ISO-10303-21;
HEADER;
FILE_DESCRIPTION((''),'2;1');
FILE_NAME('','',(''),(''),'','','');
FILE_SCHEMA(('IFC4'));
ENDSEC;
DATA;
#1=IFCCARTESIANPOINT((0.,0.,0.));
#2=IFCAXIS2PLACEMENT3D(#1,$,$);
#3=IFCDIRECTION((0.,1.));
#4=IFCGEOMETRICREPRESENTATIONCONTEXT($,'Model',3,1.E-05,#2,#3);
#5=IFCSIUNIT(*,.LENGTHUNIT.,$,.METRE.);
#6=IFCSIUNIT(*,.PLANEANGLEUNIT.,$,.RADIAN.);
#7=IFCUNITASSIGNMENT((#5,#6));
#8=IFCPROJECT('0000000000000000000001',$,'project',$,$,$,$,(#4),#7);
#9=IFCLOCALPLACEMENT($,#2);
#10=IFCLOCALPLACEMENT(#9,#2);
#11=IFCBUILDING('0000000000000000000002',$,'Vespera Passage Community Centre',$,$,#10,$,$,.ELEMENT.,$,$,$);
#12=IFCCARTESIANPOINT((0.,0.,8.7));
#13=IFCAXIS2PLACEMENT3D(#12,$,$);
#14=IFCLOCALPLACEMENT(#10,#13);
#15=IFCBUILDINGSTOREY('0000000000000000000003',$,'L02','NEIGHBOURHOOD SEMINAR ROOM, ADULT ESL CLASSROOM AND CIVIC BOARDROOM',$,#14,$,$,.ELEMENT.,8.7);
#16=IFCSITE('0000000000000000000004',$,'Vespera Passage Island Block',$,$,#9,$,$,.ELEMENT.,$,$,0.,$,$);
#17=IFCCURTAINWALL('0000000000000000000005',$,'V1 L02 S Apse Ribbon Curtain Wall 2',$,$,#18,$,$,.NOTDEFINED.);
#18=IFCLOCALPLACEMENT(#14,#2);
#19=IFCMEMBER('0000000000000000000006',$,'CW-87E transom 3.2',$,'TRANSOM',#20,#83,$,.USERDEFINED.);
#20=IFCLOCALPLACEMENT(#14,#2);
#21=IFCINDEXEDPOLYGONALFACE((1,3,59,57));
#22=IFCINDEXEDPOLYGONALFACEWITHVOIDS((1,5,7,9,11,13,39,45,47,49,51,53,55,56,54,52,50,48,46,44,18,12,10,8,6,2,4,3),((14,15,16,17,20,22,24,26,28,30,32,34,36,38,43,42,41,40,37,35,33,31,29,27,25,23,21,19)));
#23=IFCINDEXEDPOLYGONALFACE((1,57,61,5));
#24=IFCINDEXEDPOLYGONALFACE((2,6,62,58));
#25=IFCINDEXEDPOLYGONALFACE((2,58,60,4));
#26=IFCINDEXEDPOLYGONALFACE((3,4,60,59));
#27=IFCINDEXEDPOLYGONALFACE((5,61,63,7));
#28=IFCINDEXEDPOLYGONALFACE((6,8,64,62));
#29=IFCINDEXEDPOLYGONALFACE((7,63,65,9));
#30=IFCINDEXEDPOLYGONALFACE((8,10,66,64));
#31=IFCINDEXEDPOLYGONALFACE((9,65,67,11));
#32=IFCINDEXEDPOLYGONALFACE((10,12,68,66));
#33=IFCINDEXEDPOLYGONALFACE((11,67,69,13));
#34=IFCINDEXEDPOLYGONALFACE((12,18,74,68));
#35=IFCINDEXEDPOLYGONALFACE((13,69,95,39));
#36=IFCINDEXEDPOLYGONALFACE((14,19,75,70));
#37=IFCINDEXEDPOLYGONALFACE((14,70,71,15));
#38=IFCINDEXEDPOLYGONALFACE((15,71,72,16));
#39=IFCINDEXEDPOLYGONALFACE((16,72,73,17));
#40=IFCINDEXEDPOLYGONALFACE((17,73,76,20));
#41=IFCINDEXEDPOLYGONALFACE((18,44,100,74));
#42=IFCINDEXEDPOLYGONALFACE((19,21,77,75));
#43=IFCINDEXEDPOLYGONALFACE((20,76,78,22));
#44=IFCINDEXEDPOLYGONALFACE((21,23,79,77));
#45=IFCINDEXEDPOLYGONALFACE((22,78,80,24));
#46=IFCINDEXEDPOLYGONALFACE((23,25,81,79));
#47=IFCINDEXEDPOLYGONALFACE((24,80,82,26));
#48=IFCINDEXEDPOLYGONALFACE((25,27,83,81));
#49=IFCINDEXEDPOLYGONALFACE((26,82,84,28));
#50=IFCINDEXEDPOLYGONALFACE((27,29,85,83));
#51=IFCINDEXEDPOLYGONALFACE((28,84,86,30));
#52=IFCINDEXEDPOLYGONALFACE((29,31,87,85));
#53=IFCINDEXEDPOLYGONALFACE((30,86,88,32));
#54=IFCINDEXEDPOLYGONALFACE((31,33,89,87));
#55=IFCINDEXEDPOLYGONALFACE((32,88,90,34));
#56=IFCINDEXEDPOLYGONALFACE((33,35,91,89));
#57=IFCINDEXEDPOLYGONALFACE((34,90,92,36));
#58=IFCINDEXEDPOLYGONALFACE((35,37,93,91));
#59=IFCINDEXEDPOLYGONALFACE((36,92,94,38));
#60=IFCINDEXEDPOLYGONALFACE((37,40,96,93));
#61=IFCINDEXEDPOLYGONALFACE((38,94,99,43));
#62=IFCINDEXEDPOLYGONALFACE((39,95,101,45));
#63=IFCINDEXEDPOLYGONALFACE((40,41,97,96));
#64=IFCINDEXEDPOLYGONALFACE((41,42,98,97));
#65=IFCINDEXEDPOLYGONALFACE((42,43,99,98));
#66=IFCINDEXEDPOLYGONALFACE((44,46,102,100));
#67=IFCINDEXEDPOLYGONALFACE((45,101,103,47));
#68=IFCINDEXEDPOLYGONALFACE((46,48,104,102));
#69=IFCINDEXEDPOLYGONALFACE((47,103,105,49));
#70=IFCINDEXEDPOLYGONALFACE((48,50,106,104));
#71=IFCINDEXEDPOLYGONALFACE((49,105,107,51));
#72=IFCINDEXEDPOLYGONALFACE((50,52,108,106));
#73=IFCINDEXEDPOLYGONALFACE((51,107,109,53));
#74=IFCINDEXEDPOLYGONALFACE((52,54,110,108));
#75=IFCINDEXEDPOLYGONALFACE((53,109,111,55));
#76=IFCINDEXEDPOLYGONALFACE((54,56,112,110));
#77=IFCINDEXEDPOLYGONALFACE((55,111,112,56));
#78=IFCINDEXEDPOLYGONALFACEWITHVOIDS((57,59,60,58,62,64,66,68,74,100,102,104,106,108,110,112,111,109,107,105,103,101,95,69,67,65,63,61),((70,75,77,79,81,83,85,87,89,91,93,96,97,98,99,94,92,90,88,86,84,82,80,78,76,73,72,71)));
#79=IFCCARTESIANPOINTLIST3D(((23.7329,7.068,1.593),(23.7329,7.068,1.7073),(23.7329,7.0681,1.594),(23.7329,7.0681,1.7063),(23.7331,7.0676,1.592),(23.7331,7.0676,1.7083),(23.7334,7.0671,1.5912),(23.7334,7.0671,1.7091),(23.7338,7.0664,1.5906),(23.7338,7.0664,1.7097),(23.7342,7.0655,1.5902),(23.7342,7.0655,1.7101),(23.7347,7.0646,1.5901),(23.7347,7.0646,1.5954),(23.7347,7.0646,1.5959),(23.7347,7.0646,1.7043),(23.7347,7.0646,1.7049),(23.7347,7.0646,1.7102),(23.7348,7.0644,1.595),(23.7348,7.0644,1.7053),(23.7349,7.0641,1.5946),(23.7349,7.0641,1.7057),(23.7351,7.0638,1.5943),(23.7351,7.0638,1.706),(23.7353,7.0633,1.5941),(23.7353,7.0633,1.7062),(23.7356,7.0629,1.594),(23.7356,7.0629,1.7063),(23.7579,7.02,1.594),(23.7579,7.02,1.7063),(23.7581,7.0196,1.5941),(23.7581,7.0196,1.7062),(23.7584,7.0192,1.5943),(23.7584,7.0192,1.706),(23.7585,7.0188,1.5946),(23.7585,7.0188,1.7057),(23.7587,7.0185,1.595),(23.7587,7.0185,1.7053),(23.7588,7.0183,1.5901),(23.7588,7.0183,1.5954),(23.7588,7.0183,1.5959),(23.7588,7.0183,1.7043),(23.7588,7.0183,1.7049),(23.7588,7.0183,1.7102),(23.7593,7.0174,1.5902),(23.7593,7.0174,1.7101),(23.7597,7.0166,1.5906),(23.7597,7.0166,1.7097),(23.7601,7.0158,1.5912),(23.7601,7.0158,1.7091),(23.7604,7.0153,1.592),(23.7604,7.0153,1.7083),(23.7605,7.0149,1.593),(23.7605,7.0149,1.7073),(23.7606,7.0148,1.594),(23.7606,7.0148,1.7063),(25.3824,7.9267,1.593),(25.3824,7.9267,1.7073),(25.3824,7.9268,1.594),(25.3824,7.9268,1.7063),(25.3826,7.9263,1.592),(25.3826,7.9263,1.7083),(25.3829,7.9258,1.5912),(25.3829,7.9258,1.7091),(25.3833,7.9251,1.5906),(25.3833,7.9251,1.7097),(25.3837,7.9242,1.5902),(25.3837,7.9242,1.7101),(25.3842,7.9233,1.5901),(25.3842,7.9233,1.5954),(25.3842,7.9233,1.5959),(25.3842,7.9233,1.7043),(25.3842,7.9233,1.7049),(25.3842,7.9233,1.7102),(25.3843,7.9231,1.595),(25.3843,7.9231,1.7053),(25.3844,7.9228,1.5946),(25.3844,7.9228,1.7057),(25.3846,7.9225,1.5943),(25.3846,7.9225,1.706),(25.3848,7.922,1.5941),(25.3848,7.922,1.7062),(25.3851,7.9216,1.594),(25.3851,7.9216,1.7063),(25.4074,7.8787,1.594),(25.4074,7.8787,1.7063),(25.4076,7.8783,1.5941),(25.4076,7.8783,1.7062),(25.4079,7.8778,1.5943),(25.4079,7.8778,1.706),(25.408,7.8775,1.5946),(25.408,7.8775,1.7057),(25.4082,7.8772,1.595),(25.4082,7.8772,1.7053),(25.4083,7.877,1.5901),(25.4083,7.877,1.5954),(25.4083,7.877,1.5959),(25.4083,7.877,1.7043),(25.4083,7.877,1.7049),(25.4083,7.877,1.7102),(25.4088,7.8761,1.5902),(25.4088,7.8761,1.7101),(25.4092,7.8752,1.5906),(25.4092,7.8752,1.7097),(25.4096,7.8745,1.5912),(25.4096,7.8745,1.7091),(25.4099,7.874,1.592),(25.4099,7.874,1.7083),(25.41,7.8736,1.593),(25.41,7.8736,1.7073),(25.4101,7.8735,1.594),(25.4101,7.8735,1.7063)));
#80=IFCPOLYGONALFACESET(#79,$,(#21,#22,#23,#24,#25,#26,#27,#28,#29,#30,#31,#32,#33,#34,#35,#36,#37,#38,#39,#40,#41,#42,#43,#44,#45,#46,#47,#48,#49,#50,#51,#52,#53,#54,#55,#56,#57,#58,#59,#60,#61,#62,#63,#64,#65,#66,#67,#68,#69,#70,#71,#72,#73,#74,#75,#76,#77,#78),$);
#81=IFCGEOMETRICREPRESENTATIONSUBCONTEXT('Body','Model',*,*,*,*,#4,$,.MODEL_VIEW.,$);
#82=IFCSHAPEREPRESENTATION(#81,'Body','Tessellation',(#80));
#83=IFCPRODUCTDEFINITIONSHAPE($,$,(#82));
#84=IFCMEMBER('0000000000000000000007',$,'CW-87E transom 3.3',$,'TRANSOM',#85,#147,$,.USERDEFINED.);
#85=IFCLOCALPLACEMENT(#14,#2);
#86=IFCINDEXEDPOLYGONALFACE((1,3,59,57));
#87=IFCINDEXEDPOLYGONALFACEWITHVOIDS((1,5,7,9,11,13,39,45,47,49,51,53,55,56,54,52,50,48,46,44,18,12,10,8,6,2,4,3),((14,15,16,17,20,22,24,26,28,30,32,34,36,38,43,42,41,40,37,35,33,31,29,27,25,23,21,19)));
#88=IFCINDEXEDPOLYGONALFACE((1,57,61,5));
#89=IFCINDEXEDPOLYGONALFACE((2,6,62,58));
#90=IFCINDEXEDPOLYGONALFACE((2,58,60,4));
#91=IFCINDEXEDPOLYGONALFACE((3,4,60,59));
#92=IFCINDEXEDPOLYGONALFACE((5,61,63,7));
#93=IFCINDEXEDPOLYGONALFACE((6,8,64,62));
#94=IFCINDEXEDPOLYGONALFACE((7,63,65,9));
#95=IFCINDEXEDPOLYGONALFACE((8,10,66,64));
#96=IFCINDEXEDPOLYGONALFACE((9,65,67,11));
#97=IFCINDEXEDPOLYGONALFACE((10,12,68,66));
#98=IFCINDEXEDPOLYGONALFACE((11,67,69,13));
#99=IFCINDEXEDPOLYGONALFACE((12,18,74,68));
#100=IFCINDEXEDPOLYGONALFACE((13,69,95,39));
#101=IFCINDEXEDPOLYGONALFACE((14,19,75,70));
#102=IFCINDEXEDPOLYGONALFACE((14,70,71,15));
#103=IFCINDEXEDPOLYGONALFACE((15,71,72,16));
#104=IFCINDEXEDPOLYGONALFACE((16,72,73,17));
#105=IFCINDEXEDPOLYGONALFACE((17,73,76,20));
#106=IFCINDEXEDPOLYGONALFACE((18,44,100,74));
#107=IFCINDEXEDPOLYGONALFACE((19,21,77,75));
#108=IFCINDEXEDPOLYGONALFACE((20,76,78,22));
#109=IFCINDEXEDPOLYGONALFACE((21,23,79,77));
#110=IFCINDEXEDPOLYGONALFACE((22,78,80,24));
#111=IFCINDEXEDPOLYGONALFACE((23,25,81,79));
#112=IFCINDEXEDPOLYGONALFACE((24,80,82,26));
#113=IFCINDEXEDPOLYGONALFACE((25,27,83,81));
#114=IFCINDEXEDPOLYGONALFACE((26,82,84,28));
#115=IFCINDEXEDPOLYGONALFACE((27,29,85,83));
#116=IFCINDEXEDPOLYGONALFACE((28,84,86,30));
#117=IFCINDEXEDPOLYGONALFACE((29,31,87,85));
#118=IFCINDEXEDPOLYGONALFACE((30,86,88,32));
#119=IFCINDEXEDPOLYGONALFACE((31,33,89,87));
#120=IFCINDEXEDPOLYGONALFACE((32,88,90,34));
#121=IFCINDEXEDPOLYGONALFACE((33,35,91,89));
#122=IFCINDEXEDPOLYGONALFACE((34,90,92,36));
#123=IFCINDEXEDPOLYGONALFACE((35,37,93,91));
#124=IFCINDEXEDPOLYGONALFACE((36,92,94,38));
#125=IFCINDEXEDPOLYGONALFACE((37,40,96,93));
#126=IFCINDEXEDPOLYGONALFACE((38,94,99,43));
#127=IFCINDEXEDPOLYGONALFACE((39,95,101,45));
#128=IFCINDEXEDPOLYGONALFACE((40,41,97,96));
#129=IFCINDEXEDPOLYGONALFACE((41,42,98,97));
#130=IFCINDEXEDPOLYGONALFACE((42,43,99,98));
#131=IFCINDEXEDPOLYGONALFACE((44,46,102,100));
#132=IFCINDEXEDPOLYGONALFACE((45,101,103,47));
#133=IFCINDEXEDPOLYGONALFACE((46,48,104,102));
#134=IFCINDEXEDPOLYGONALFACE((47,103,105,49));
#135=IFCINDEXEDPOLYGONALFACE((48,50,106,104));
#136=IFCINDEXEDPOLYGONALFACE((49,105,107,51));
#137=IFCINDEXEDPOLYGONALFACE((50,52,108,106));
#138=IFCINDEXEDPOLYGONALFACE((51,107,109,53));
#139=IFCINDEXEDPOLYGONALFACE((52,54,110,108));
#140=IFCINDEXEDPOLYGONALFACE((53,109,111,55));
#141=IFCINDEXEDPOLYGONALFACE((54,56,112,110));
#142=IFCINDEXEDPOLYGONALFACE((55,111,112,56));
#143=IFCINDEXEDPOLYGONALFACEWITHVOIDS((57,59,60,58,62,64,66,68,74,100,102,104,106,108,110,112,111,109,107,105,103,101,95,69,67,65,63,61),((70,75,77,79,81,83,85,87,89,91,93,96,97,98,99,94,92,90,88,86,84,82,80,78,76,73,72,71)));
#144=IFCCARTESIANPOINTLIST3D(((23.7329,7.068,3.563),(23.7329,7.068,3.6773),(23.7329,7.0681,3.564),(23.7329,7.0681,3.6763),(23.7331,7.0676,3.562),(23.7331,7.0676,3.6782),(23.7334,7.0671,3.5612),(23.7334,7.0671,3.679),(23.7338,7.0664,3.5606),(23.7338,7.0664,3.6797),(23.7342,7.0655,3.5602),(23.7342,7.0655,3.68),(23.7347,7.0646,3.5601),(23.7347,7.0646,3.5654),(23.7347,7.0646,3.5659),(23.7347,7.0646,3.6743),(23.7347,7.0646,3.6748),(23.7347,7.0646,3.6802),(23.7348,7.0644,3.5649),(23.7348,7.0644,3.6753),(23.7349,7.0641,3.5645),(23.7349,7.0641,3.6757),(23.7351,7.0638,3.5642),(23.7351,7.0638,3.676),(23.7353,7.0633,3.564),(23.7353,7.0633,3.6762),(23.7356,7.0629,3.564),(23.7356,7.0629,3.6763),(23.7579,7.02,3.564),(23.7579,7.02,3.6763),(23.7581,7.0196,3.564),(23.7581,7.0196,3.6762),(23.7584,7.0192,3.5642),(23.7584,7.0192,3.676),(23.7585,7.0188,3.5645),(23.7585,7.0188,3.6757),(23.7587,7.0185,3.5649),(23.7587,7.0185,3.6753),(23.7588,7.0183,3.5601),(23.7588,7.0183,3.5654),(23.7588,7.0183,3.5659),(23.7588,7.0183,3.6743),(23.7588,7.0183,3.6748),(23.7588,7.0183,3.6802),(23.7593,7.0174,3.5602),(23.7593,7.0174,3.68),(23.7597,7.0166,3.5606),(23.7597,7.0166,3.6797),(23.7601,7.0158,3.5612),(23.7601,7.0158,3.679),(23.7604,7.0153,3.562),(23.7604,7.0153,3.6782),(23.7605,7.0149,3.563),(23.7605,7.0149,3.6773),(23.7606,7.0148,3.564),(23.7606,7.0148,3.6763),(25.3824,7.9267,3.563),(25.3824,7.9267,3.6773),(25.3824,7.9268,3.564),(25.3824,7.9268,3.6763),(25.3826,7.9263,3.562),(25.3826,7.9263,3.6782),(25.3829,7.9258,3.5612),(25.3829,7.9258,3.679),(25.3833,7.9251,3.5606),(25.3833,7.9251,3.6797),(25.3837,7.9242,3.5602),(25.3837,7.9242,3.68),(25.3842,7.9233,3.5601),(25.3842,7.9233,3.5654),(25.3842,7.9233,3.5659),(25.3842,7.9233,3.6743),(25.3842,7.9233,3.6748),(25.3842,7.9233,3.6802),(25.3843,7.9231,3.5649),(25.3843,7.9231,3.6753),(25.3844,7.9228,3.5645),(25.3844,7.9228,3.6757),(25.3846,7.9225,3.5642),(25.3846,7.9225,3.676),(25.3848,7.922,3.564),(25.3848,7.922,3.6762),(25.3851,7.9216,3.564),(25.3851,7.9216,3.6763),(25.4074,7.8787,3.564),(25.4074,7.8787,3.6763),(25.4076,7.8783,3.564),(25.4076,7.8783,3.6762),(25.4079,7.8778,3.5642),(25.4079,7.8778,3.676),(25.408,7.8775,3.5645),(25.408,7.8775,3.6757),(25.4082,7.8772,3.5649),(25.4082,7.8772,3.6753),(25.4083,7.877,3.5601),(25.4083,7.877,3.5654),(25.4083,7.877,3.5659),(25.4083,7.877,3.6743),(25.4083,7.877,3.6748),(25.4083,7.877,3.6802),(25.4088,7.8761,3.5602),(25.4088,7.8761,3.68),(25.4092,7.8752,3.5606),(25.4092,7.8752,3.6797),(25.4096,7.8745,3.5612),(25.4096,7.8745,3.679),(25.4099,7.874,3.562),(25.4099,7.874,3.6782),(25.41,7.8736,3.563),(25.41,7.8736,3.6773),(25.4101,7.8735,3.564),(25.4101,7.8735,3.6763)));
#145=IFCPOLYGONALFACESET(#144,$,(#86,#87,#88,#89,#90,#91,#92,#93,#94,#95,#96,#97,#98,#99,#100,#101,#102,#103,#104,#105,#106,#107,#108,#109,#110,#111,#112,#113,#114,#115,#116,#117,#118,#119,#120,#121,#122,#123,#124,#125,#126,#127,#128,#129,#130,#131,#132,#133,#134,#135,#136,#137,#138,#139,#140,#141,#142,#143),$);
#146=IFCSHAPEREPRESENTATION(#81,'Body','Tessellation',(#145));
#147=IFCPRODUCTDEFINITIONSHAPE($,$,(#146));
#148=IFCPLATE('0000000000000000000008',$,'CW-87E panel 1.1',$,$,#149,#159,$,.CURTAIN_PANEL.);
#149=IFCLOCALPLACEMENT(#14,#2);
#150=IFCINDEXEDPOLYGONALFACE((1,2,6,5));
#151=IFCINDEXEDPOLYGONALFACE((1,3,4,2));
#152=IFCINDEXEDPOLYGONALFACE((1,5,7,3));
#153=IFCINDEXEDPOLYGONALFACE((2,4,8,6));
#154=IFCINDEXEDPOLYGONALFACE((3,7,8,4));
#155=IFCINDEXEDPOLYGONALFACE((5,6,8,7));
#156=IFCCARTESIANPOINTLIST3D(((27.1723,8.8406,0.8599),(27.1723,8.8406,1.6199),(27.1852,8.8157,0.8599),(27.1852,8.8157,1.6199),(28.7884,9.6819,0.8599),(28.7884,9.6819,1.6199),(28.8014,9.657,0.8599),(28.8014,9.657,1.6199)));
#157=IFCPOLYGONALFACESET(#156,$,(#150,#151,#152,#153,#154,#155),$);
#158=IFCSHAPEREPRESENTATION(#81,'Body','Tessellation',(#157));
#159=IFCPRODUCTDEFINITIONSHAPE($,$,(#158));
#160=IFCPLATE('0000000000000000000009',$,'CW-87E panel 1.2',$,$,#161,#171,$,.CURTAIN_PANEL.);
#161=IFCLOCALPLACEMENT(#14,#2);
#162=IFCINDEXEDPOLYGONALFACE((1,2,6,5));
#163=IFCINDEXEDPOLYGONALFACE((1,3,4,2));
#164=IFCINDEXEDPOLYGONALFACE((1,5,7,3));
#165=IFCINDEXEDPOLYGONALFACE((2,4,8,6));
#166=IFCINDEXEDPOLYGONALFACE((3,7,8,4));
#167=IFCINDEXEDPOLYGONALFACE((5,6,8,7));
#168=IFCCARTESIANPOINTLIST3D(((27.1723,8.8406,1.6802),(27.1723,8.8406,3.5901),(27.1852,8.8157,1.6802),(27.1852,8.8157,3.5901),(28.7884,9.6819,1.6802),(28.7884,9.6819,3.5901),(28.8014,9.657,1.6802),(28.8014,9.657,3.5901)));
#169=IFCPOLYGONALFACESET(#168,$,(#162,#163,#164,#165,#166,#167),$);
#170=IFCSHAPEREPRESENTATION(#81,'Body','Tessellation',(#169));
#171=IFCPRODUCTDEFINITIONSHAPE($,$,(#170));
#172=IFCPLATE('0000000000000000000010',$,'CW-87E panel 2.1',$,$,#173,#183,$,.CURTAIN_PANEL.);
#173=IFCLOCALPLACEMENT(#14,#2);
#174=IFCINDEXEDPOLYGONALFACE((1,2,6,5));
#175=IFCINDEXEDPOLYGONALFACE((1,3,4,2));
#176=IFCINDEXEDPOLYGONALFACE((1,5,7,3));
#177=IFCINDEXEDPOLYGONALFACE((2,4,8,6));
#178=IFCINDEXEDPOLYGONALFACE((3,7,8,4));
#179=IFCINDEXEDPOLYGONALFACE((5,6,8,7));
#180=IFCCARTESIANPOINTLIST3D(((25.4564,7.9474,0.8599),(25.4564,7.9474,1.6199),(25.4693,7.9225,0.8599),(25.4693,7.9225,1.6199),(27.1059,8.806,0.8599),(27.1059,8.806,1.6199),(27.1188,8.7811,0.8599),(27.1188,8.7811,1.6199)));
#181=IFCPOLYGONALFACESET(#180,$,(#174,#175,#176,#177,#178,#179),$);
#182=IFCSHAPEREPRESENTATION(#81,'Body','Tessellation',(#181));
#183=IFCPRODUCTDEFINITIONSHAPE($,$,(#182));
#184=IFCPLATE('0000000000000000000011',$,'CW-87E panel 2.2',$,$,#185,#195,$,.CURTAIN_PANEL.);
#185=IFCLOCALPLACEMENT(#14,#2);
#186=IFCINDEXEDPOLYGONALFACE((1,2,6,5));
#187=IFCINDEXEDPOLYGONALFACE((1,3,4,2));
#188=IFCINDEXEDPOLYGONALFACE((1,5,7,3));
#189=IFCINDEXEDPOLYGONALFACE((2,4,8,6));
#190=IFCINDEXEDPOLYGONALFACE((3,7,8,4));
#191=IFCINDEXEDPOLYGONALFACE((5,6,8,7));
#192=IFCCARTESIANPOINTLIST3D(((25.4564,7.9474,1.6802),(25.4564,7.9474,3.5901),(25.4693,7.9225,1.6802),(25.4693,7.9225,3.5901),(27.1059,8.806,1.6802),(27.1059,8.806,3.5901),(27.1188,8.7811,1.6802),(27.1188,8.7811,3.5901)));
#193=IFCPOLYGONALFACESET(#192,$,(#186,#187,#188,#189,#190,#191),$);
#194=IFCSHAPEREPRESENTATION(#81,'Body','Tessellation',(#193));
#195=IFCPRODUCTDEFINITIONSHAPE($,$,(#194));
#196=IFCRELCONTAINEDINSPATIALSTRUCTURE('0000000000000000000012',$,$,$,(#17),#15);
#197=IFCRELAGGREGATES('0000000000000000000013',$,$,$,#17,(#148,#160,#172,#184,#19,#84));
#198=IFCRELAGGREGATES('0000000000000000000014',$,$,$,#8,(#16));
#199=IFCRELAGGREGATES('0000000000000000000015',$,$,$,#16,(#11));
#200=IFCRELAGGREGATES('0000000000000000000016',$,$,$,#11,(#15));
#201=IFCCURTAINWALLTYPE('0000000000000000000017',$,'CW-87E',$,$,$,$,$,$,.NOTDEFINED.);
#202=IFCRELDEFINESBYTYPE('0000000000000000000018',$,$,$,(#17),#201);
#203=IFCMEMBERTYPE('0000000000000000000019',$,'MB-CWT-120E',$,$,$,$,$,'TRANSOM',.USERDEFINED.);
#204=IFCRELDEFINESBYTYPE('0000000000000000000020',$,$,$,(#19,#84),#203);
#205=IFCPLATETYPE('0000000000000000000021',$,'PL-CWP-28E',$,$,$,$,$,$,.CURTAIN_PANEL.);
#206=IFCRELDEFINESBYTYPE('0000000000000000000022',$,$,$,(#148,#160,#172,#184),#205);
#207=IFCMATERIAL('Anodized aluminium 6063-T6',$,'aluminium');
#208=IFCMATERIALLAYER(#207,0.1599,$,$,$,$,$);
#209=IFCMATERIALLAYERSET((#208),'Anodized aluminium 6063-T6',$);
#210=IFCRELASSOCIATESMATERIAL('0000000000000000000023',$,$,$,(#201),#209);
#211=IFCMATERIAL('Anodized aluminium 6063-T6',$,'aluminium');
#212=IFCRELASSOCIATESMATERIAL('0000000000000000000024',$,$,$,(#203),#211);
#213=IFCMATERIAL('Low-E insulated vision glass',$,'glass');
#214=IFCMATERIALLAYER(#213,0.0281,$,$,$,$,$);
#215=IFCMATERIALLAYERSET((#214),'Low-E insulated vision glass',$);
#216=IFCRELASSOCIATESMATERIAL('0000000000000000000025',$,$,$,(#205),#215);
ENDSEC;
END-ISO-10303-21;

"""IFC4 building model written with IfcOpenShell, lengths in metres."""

from ifc_helpers import new_model, si_unit, direction, frame, origin, origin_2d, place, context, subcontext, project, spatial, rectangle, hollow_rectangle, extrude, material, layer, layer_set, material_profile, profile_set, type_object, element, aggregate, save


model = new_model("IFC4")

# Units and contexts
model_context = context("Model", 3, precision=1e-05, world=origin(), true_north=direction((0.0, 1.0)))
body_context = subcontext(model_context, "Body", "Model", "MODEL_VIEW")
ifc_project = project(units=[si_unit("LENGTHUNIT", "METRE"), si_unit("PLANEANGLEUNIT", "RADIAN")], contexts=[model_context])

# Site, building, storey
site_placement = place(None, origin())
site = spatial("IfcSite", under=ifc_project, at=site_placement, Name="Vespera Passage Island Block", CompositionType="ELEMENT", RefElevation=0.0)
building_placement = place(site_placement, origin())
building = spatial("IfcBuilding", under=site, at=building_placement, Name="Vespera Passage Community Centre", CompositionType="ELEMENT")
storey_placement = place(building_placement, frame((0.0, 0.0, 8.7)))
storey = spatial("IfcBuildingStorey", under=building, at=storey_placement, Name="L02", Description="NEIGHBOURHOOD SEMINAR ROOM, ADULT ESL CLASSROOM AND CIVIC BOARDROOM", CompositionType="ELEMENT", Elevation=8.7)

# Curtain wall
ifc_material_1 = material(Name="Anodized aluminium 6063-T6", Category="aluminium")
ifc_layer_1 = layer(ifc_material_1, 0.1599)
ifc_layer_set_1 = layer_set([ifc_layer_1], Name="Anodized aluminium 6063-T6")
curtain_wall_type_1 = type_object("IfcCurtainWallType", Name="CW-87E", PredefinedType="NOTDEFINED", material=ifc_layer_set_1)
curtain_wall_1_placement = place(storey_placement, origin())
curtain_wall_1 = element("IfcCurtainWall", 1, at=curtain_wall_1_placement, inside=storey, type_object=curtain_wall_type_1, Name="V1 L02 S Apse Ribbon Curtain Wall 2", PredefinedType="NOTDEFINED")
ifc_material_2 = material(Name="Anodized aluminium 6063-T6", Category="aluminium")
ifc_material_profile_1 = material_profile(ifc_material_2, hollow_rectangle(XDim=0.0601, YDim=0.1201, WallThickness=0.0039, InnerFilletRadius=0.002, OuterFilletRadius=0.0039, at=origin_2d()), Name="ALU120X60X4")
ifc_profile_set_1 = profile_set([ifc_material_profile_1], Name="Anodized aluminium 6063-T6")
member_type_1 = type_object("IfcMemberType", Name="MB-CWT-120E", ElementType="TRANSOM", PredefinedType="USERDEFINED", material=ifc_profile_set_1)

# Members
member_1_placement = place(storey_placement, frame((25.3962, 7.9001, 1.6501), z_axis=(-0.887008, -0.461754, 0.0), x_axis=(0.461754, -0.887008, 0.0)))
member_1 = element("IfcMember", 2, at=member_1_placement, type_object=member_type_1, Name="CW-87E transom 3.2", ObjectType="TRANSOM", PredefinedType="USERDEFINED", context=body_context, shape_type="SweptSolid", body=[
    extrude(hollow_rectangle(XDim=0.0601, YDim=0.1201, WallThickness=0.0039, InnerFilletRadius=0.002, OuterFilletRadius=0.0039, at=origin_2d()), origin(), (0.0, 0.0, 1.0), 1.8596),
])
member_2_placement = place(storey_placement, frame((25.3962, 7.9001, 3.6201), z_axis=(-0.887008, -0.461754, 0.0), x_axis=(0.461754, -0.887008, 0.0)))
member_2 = element("IfcMember", 3, at=member_2_placement, type_object=member_type_1, Name="CW-87E transom 3.3", ObjectType="TRANSOM", PredefinedType="USERDEFINED", context=body_context, shape_type="SweptSolid", body=[
    extrude(hollow_rectangle(XDim=0.0601, YDim=0.1201, WallThickness=0.0039, InnerFilletRadius=0.002, OuterFilletRadius=0.0039, at=origin_2d()), origin(), (0.0, 0.0, 1.0), 1.8596),
])

# Plates
ifc_material_3 = material(Name="Low-E insulated vision glass", Category="glass")
ifc_layer_2 = layer(ifc_material_3, 0.0281)
ifc_layer_set_2 = layer_set([ifc_layer_2], Name="Low-E insulated vision glass")
plate_type_1 = type_object("IfcPlateType", Name="PL-CWP-28E", PredefinedType="CURTAIN_PANEL", material=ifc_layer_set_2)
plate_1_placement = place(storey_placement, frame((27.9868, 9.2488, 0.8599), z_axis=(0.0, 0.0, 1.0), x_axis=(-0.887013, -0.461745, 0.0)))
plate_1 = element("IfcPlate", 4, at=plate_1_placement, type_object=plate_type_1, Name="CW-87E panel 1.1", PredefinedType="CURTAIN_PANEL", context=body_context, shape_type="SweptSolid", body=[
    extrude(rectangle(XDim=1.822, YDim=0.0281, at=origin_2d()), origin(), (0.0, 0.0, 1.0), 0.76),
])
plate_2_placement = place(storey_placement, frame((27.9868, 9.2488, 1.6802), z_axis=(0.0, 0.0, 1.0), x_axis=(-0.887013, -0.461745, 0.0)))
plate_2 = element("IfcPlate", 5, at=plate_2_placement, type_object=plate_type_1, Name="CW-87E panel 1.2", PredefinedType="CURTAIN_PANEL", context=body_context, shape_type="SweptSolid", body=[
    extrude(rectangle(XDim=1.822, YDim=0.0281, at=origin_2d()), origin(), (0.0, 0.0, 1.0), 1.9099),
])
plate_3_placement = place(storey_placement, frame((26.2876, 8.3643, 0.8599), z_axis=(0.0, 0.0, 1.0), x_axis=(-0.887013, -0.461745, 0.0)))
plate_3 = element("IfcPlate", 6, at=plate_3_placement, type_object=plate_type_1, Name="CW-87E panel 2.1", PredefinedType="CURTAIN_PANEL", context=body_context, shape_type="SweptSolid", body=[
    extrude(rectangle(XDim=1.8596, YDim=0.0281, at=origin_2d()), origin(), (0.0, 0.0, 1.0), 0.76),
])
plate_4_placement = place(storey_placement, frame((26.2876, 8.3643, 1.6802), z_axis=(0.0, 0.0, 1.0), x_axis=(-0.887013, -0.461745, 0.0)))
plate_4 = element("IfcPlate", 7, at=plate_4_placement, type_object=plate_type_1, Name="CW-87E panel 2.2", PredefinedType="CURTAIN_PANEL", context=body_context, shape_type="SweptSolid", body=[
    extrude(rectangle(XDim=1.8596, YDim=0.0281, at=origin_2d()), origin(), (0.0, 0.0, 1.0), 1.9099),
])
aggregate(curtain_wall_1, [plate_1, plate_2, plate_3, plate_4, member_1, member_2])

save(model, "model.ifc")
